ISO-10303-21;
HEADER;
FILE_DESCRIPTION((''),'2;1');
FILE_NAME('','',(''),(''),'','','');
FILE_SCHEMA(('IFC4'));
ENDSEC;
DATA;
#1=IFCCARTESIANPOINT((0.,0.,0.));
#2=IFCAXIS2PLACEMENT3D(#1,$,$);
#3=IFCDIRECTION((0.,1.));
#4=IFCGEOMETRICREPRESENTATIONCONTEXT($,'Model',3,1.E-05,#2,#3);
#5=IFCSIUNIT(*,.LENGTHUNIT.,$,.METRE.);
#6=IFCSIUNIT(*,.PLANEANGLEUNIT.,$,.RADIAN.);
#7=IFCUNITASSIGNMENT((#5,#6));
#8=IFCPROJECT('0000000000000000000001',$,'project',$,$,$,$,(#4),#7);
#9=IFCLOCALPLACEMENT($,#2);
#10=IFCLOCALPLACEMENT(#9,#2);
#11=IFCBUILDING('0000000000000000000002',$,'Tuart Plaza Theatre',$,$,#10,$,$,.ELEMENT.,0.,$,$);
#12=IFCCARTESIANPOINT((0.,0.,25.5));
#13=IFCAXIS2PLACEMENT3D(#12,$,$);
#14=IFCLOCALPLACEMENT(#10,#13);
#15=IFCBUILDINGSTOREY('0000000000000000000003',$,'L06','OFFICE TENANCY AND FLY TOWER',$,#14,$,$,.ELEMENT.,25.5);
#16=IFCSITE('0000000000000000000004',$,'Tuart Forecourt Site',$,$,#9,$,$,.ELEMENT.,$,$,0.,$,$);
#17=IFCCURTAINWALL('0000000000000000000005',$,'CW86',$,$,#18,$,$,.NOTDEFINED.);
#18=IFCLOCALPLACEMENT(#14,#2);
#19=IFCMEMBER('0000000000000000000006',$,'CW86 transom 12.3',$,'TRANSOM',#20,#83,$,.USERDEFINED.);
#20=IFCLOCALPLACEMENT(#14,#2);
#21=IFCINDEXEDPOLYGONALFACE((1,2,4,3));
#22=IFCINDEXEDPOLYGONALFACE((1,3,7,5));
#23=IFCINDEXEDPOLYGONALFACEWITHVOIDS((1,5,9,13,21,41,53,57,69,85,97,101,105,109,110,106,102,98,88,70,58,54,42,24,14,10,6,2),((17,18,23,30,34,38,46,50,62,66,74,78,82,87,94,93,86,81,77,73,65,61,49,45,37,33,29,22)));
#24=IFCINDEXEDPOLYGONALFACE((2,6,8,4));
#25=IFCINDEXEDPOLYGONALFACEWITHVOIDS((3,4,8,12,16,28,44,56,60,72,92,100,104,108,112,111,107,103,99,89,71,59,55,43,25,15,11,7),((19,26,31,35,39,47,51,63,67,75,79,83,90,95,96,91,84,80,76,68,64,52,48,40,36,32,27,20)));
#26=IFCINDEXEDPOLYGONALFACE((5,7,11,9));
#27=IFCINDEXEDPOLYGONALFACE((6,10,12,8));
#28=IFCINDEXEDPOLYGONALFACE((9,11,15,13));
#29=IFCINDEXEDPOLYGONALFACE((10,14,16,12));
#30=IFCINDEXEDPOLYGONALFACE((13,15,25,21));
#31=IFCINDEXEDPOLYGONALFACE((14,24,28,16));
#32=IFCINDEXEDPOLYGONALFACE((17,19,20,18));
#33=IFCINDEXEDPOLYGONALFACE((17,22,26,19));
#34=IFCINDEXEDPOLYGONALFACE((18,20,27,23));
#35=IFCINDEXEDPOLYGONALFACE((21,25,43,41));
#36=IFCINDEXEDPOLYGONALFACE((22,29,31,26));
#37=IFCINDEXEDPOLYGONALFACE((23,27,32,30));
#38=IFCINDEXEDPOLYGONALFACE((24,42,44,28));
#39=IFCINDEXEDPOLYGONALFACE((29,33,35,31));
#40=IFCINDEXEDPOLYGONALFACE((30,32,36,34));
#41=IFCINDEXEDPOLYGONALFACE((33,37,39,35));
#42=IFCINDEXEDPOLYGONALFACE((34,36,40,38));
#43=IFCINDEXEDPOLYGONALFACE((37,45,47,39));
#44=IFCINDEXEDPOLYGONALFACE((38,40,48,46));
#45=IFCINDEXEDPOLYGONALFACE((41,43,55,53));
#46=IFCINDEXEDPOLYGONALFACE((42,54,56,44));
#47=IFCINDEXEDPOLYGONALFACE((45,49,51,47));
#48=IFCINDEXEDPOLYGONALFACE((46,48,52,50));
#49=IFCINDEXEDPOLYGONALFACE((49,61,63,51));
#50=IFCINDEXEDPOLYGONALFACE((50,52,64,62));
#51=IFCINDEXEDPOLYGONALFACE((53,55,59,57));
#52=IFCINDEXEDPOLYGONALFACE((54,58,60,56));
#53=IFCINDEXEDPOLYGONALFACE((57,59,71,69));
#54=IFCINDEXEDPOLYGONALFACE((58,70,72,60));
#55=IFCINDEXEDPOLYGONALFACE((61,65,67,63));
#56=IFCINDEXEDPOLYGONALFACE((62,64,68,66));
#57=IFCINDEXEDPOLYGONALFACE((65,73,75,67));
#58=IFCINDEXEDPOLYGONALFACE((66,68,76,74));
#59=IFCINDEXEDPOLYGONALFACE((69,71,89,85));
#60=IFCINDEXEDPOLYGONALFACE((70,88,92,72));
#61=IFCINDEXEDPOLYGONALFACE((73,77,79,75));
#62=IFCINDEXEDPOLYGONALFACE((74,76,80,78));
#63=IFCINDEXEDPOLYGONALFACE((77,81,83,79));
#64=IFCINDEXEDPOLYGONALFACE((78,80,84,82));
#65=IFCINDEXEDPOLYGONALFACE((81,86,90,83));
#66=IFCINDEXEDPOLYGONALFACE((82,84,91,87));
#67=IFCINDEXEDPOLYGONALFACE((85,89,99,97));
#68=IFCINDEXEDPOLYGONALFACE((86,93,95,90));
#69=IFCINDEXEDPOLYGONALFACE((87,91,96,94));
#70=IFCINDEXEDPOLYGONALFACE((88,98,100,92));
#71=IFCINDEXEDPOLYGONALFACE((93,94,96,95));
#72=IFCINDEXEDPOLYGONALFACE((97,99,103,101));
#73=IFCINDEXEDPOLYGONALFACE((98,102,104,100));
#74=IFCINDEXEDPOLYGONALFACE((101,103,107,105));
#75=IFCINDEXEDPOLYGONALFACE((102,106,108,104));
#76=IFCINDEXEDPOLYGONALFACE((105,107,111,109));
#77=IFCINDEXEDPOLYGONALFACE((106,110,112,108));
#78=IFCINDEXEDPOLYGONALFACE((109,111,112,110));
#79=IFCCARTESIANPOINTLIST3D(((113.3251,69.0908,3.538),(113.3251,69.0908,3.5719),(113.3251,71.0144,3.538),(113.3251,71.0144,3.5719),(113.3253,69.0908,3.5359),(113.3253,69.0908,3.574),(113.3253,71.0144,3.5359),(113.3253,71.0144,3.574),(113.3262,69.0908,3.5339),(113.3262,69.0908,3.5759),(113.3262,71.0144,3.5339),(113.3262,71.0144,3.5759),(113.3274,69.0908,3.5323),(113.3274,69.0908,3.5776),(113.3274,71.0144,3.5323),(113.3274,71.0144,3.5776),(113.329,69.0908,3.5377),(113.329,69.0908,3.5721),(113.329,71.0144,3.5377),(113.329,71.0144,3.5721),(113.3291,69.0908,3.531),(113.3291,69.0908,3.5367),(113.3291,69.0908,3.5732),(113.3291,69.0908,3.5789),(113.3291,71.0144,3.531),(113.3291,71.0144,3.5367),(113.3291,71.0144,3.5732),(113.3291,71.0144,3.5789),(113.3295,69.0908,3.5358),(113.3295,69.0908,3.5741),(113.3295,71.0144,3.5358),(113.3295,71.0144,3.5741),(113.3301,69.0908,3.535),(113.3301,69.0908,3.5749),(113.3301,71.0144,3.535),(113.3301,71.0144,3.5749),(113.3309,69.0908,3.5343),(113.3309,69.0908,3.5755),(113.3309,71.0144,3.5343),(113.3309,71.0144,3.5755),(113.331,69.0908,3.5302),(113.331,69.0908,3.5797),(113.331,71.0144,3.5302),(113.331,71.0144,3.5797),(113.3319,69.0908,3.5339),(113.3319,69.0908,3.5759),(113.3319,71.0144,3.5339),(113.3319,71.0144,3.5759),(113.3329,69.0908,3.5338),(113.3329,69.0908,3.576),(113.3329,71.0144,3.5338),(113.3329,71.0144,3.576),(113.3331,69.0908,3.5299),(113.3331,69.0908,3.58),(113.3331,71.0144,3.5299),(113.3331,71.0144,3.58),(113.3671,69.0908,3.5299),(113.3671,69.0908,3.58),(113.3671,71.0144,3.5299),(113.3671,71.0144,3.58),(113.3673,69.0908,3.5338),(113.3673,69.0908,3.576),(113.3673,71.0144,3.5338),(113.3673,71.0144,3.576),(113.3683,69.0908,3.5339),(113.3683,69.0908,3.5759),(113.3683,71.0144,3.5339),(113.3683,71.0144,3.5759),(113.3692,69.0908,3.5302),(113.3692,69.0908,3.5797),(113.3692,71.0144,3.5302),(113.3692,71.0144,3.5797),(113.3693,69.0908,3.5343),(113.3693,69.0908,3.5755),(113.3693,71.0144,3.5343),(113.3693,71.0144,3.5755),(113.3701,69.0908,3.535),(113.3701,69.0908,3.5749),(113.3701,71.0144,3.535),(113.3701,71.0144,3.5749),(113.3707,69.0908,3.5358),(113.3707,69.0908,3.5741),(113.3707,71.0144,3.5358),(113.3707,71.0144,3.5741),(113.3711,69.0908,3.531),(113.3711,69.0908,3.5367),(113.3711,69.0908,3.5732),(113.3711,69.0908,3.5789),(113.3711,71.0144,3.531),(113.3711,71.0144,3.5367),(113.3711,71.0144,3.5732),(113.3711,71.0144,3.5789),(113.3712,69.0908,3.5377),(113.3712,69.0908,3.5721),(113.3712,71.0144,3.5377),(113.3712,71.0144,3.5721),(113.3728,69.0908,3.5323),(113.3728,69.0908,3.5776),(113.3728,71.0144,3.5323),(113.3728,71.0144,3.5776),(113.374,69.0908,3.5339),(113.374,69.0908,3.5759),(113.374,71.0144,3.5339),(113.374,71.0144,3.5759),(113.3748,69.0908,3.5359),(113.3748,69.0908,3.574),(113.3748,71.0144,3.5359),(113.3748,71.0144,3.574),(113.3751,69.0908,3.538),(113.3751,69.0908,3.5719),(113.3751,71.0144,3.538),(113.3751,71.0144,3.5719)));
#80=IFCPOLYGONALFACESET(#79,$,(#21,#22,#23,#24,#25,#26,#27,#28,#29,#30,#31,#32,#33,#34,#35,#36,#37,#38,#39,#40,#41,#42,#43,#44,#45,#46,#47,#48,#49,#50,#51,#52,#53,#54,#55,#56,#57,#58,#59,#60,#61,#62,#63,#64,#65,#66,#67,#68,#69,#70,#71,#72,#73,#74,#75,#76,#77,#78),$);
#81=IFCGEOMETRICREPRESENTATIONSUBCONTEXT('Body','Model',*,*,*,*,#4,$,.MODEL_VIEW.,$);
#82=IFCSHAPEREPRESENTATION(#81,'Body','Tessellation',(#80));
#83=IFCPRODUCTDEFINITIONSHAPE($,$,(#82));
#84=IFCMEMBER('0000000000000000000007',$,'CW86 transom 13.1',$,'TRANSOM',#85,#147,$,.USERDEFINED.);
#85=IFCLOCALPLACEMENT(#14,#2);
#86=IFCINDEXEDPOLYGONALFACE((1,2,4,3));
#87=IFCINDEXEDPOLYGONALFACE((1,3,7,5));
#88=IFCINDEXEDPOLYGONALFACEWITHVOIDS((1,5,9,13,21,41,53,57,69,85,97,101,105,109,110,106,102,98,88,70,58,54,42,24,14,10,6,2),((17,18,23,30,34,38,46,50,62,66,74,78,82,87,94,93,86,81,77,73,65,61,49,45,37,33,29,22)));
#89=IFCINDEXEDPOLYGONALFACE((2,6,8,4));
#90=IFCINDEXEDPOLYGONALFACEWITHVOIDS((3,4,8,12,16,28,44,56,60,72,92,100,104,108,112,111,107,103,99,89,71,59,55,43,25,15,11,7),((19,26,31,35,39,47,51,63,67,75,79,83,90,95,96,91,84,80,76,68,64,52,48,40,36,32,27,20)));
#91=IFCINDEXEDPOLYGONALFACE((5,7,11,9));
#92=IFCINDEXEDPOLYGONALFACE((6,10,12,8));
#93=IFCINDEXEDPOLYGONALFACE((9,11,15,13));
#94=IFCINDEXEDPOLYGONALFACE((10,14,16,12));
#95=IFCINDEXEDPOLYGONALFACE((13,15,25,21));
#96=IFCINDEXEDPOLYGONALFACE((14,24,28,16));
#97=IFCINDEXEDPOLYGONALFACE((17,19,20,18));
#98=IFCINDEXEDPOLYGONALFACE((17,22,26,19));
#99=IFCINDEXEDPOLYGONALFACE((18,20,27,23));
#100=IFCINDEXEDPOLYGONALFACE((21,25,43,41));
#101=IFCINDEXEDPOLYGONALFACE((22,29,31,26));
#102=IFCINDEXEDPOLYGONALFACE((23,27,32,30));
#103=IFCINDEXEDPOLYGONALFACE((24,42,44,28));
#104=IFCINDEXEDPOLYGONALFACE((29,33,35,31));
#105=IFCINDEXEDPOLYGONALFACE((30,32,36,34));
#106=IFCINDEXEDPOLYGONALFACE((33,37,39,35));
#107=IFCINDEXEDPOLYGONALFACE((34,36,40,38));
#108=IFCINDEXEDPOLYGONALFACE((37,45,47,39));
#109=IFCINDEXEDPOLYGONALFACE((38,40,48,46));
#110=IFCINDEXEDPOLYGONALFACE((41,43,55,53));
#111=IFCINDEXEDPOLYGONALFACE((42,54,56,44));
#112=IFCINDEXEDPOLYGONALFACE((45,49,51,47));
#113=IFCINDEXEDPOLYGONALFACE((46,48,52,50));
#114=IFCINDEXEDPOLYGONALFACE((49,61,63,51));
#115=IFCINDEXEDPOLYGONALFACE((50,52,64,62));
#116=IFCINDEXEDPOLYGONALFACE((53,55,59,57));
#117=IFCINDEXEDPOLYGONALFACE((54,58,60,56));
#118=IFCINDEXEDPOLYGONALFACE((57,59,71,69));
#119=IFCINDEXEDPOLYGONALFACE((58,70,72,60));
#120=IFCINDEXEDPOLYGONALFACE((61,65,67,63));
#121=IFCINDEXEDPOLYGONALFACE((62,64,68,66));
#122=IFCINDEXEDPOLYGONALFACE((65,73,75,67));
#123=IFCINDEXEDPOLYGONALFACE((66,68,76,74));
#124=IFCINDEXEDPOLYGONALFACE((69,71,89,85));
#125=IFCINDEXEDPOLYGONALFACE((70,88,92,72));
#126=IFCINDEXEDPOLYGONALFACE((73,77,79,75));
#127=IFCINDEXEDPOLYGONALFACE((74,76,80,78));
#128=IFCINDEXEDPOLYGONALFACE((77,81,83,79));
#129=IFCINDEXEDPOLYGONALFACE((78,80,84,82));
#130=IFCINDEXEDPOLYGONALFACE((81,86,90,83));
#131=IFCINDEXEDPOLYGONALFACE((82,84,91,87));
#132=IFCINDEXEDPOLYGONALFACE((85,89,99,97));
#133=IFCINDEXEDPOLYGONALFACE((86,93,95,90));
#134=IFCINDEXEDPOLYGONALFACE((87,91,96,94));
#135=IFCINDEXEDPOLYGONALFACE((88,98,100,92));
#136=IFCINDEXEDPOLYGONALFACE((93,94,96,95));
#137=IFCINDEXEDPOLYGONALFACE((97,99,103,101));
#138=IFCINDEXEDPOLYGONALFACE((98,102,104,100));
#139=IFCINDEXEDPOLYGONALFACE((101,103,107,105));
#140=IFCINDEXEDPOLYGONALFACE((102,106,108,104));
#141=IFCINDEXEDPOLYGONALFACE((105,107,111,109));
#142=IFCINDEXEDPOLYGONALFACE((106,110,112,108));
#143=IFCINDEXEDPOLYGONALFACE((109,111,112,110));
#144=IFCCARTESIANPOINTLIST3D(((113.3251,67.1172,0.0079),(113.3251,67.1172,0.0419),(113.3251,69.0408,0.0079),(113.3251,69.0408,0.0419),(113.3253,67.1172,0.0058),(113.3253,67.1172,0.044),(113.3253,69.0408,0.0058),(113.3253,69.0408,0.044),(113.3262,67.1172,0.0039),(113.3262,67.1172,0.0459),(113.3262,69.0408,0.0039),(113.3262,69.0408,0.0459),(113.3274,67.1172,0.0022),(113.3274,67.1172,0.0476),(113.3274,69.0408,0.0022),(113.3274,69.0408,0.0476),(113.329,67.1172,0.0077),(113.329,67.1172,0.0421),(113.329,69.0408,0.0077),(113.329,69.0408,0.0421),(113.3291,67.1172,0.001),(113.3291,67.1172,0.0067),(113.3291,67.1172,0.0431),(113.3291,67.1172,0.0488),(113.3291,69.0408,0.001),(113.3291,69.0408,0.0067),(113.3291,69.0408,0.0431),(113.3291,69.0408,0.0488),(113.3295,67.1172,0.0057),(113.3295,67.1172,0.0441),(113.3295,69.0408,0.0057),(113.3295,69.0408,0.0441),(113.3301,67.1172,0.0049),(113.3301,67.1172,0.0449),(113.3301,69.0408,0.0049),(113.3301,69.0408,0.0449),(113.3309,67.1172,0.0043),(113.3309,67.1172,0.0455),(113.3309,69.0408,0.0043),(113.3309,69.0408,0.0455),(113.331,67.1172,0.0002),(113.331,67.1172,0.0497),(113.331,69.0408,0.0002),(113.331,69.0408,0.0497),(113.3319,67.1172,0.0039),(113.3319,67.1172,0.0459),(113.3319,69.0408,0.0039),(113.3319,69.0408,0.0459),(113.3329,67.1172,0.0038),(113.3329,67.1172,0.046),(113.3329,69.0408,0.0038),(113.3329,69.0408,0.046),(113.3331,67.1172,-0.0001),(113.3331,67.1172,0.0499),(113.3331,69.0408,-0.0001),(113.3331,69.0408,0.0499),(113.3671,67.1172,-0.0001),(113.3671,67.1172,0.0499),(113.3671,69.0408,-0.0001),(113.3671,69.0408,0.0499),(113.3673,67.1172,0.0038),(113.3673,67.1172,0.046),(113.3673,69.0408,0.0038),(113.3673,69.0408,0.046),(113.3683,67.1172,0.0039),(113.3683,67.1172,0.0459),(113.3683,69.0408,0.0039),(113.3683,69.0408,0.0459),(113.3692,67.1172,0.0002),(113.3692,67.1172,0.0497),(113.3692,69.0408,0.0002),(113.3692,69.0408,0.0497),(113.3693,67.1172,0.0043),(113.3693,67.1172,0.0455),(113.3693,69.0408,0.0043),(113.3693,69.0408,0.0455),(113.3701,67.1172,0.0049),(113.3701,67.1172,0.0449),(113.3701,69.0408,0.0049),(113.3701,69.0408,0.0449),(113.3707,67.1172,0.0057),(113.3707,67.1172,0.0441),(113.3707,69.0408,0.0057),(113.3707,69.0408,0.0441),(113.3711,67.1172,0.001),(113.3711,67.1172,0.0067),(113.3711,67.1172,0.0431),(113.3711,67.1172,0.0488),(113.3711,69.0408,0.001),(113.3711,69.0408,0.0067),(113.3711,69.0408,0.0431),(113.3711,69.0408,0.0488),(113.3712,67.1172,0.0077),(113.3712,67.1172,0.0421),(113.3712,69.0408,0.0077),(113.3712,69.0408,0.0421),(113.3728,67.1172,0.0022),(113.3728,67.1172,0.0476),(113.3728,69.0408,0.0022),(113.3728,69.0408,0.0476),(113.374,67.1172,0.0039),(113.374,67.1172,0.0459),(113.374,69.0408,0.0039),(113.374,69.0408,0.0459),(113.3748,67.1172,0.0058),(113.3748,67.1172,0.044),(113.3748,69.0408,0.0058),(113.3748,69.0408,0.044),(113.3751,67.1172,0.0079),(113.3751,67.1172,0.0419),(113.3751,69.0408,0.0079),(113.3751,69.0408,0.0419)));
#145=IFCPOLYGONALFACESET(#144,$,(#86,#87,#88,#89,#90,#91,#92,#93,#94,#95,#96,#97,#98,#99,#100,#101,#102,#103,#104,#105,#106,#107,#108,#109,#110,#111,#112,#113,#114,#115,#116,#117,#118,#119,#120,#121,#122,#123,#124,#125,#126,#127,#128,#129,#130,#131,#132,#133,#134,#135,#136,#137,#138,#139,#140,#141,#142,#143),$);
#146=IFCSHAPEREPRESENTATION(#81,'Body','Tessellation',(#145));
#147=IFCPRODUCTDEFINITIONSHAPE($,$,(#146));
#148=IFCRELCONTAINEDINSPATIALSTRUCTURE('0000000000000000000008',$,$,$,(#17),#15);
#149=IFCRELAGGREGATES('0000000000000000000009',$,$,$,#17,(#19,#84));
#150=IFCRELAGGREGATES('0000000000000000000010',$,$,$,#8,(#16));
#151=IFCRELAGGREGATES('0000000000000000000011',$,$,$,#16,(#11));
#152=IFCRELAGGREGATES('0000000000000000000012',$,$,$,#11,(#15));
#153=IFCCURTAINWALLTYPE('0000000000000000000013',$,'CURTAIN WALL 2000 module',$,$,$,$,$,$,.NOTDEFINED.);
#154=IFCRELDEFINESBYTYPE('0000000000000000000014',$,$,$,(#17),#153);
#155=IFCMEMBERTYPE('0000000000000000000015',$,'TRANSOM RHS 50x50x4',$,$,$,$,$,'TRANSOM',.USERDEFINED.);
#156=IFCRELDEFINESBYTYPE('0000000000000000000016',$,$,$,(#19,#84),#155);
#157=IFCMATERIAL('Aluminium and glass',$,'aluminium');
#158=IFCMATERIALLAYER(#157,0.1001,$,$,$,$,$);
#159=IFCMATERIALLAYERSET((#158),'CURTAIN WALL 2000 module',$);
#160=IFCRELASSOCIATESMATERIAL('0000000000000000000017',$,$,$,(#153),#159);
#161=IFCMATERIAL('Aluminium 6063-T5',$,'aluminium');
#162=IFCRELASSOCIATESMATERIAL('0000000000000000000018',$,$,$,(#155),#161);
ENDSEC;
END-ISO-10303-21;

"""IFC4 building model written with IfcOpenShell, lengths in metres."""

from ifc_helpers import new_model, si_unit, direction, frame, origin, origin_2d, place, context, subcontext, project, spatial, hollow_rectangle, extrude, material, layer, layer_set, material_profile, profile_set, type_object, element, aggregate, save


model = new_model("IFC4")

# Units and contexts
model_context = context("Model", 3, precision=1e-05, world=origin(), true_north=direction((0.0, 1.0)))
body_context = subcontext(model_context, "Body", "Model", "MODEL_VIEW")
ifc_project = project(units=[si_unit("LENGTHUNIT", "METRE"), si_unit("PLANEANGLEUNIT", "RADIAN")], contexts=[model_context])

# Site, building, storey
site_placement = place(None, origin())
site = spatial("IfcSite", under=ifc_project, at=site_placement, Name="Tuart Forecourt Site", CompositionType="ELEMENT", RefElevation=0.0)
building_placement = place(site_placement, origin())
building = spatial("IfcBuilding", under=site, at=building_placement, Name="Tuart Plaza Theatre", CompositionType="ELEMENT", ElevationOfRefHeight=0.0)
storey_placement = place(building_placement, frame((0.0, 0.0, 25.5)))
storey = spatial("IfcBuildingStorey", under=building, at=storey_placement, Name="L06", Description="OFFICE TENANCY AND FLY TOWER", CompositionType="ELEMENT", Elevation=25.5)

# Curtain wall, members
ifc_material_1 = material(Name="Aluminium and glass", Category="aluminium")
ifc_layer_1 = layer(ifc_material_1, 0.1001)
ifc_layer_set_1 = layer_set([ifc_layer_1], Name="CURTAIN WALL 2000 module")
curtain_wall_type = type_object("IfcCurtainWallType", Name="CURTAIN WALL 2000 module", PredefinedType="NOTDEFINED", material=ifc_layer_set_1)
curtain_wall_placement = place(storey_placement, origin())
curtain_wall = element("IfcCurtainWall", 1, at=curtain_wall_placement, inside=storey, type_object=curtain_wall_type, Name="CW86", PredefinedType="NOTDEFINED")
ifc_material_2 = material(Name="Aluminium 6063-T5", Category="aluminium")
ifc_material_profile_1 = material_profile(ifc_material_2, hollow_rectangle(XDim=0.05, YDim=0.05, WallThickness=0.0039, InnerFilletRadius=0.0039, OuterFilletRadius=0.0081, at=origin_2d()), Name="RHS 50x50x4")
ifc_profile_set_1 = profile_set([ifc_material_profile_1], Name="Aluminium 6063-T5")
member_type = type_object("IfcMemberType", Name="TRANSOM RHS 50x50x4", ElementType="TRANSOM", PredefinedType="USERDEFINED", material=ifc_profile_set_1)
member_1_placement = place(storey_placement, frame((113.3501, 71.0144, 3.5549), z_axis=(0.0, -1.0, 0.0), x_axis=(1.0, 0.0, 0.0)))
member_1 = element("IfcMember", 2, at=member_1_placement, type_object=member_type, Name="CW86 transom 12.3", ObjectType="TRANSOM", PredefinedType="USERDEFINED", context=body_context, shape_type="SweptSolid", body=[
    extrude(hollow_rectangle(XDim=0.05, YDim=0.05, WallThickness=0.0039, InnerFilletRadius=0.0039, OuterFilletRadius=0.0081, at=origin_2d()), origin(), (0.0, 0.0, 1.0), 1.9236),
])
member_2_placement = place(storey_placement, frame((113.3501, 69.0408, 0.0249), z_axis=(0.0, -1.0, 0.0), x_axis=(1.0, 0.0, 0.0)))
member_2 = element("IfcMember", 3, at=member_2_placement, type_object=member_type, Name="CW86 transom 13.1", ObjectType="TRANSOM", PredefinedType="USERDEFINED", context=body_context, shape_type="SweptSolid", body=[
    extrude(hollow_rectangle(XDim=0.05, YDim=0.05, WallThickness=0.0039, InnerFilletRadius=0.0039, OuterFilletRadius=0.0081, at=origin_2d()), origin(), (0.0, 0.0, 1.0), 1.9236),
])
aggregate(curtain_wall, [member_1, member_2])

save(model, "model.ifc")
